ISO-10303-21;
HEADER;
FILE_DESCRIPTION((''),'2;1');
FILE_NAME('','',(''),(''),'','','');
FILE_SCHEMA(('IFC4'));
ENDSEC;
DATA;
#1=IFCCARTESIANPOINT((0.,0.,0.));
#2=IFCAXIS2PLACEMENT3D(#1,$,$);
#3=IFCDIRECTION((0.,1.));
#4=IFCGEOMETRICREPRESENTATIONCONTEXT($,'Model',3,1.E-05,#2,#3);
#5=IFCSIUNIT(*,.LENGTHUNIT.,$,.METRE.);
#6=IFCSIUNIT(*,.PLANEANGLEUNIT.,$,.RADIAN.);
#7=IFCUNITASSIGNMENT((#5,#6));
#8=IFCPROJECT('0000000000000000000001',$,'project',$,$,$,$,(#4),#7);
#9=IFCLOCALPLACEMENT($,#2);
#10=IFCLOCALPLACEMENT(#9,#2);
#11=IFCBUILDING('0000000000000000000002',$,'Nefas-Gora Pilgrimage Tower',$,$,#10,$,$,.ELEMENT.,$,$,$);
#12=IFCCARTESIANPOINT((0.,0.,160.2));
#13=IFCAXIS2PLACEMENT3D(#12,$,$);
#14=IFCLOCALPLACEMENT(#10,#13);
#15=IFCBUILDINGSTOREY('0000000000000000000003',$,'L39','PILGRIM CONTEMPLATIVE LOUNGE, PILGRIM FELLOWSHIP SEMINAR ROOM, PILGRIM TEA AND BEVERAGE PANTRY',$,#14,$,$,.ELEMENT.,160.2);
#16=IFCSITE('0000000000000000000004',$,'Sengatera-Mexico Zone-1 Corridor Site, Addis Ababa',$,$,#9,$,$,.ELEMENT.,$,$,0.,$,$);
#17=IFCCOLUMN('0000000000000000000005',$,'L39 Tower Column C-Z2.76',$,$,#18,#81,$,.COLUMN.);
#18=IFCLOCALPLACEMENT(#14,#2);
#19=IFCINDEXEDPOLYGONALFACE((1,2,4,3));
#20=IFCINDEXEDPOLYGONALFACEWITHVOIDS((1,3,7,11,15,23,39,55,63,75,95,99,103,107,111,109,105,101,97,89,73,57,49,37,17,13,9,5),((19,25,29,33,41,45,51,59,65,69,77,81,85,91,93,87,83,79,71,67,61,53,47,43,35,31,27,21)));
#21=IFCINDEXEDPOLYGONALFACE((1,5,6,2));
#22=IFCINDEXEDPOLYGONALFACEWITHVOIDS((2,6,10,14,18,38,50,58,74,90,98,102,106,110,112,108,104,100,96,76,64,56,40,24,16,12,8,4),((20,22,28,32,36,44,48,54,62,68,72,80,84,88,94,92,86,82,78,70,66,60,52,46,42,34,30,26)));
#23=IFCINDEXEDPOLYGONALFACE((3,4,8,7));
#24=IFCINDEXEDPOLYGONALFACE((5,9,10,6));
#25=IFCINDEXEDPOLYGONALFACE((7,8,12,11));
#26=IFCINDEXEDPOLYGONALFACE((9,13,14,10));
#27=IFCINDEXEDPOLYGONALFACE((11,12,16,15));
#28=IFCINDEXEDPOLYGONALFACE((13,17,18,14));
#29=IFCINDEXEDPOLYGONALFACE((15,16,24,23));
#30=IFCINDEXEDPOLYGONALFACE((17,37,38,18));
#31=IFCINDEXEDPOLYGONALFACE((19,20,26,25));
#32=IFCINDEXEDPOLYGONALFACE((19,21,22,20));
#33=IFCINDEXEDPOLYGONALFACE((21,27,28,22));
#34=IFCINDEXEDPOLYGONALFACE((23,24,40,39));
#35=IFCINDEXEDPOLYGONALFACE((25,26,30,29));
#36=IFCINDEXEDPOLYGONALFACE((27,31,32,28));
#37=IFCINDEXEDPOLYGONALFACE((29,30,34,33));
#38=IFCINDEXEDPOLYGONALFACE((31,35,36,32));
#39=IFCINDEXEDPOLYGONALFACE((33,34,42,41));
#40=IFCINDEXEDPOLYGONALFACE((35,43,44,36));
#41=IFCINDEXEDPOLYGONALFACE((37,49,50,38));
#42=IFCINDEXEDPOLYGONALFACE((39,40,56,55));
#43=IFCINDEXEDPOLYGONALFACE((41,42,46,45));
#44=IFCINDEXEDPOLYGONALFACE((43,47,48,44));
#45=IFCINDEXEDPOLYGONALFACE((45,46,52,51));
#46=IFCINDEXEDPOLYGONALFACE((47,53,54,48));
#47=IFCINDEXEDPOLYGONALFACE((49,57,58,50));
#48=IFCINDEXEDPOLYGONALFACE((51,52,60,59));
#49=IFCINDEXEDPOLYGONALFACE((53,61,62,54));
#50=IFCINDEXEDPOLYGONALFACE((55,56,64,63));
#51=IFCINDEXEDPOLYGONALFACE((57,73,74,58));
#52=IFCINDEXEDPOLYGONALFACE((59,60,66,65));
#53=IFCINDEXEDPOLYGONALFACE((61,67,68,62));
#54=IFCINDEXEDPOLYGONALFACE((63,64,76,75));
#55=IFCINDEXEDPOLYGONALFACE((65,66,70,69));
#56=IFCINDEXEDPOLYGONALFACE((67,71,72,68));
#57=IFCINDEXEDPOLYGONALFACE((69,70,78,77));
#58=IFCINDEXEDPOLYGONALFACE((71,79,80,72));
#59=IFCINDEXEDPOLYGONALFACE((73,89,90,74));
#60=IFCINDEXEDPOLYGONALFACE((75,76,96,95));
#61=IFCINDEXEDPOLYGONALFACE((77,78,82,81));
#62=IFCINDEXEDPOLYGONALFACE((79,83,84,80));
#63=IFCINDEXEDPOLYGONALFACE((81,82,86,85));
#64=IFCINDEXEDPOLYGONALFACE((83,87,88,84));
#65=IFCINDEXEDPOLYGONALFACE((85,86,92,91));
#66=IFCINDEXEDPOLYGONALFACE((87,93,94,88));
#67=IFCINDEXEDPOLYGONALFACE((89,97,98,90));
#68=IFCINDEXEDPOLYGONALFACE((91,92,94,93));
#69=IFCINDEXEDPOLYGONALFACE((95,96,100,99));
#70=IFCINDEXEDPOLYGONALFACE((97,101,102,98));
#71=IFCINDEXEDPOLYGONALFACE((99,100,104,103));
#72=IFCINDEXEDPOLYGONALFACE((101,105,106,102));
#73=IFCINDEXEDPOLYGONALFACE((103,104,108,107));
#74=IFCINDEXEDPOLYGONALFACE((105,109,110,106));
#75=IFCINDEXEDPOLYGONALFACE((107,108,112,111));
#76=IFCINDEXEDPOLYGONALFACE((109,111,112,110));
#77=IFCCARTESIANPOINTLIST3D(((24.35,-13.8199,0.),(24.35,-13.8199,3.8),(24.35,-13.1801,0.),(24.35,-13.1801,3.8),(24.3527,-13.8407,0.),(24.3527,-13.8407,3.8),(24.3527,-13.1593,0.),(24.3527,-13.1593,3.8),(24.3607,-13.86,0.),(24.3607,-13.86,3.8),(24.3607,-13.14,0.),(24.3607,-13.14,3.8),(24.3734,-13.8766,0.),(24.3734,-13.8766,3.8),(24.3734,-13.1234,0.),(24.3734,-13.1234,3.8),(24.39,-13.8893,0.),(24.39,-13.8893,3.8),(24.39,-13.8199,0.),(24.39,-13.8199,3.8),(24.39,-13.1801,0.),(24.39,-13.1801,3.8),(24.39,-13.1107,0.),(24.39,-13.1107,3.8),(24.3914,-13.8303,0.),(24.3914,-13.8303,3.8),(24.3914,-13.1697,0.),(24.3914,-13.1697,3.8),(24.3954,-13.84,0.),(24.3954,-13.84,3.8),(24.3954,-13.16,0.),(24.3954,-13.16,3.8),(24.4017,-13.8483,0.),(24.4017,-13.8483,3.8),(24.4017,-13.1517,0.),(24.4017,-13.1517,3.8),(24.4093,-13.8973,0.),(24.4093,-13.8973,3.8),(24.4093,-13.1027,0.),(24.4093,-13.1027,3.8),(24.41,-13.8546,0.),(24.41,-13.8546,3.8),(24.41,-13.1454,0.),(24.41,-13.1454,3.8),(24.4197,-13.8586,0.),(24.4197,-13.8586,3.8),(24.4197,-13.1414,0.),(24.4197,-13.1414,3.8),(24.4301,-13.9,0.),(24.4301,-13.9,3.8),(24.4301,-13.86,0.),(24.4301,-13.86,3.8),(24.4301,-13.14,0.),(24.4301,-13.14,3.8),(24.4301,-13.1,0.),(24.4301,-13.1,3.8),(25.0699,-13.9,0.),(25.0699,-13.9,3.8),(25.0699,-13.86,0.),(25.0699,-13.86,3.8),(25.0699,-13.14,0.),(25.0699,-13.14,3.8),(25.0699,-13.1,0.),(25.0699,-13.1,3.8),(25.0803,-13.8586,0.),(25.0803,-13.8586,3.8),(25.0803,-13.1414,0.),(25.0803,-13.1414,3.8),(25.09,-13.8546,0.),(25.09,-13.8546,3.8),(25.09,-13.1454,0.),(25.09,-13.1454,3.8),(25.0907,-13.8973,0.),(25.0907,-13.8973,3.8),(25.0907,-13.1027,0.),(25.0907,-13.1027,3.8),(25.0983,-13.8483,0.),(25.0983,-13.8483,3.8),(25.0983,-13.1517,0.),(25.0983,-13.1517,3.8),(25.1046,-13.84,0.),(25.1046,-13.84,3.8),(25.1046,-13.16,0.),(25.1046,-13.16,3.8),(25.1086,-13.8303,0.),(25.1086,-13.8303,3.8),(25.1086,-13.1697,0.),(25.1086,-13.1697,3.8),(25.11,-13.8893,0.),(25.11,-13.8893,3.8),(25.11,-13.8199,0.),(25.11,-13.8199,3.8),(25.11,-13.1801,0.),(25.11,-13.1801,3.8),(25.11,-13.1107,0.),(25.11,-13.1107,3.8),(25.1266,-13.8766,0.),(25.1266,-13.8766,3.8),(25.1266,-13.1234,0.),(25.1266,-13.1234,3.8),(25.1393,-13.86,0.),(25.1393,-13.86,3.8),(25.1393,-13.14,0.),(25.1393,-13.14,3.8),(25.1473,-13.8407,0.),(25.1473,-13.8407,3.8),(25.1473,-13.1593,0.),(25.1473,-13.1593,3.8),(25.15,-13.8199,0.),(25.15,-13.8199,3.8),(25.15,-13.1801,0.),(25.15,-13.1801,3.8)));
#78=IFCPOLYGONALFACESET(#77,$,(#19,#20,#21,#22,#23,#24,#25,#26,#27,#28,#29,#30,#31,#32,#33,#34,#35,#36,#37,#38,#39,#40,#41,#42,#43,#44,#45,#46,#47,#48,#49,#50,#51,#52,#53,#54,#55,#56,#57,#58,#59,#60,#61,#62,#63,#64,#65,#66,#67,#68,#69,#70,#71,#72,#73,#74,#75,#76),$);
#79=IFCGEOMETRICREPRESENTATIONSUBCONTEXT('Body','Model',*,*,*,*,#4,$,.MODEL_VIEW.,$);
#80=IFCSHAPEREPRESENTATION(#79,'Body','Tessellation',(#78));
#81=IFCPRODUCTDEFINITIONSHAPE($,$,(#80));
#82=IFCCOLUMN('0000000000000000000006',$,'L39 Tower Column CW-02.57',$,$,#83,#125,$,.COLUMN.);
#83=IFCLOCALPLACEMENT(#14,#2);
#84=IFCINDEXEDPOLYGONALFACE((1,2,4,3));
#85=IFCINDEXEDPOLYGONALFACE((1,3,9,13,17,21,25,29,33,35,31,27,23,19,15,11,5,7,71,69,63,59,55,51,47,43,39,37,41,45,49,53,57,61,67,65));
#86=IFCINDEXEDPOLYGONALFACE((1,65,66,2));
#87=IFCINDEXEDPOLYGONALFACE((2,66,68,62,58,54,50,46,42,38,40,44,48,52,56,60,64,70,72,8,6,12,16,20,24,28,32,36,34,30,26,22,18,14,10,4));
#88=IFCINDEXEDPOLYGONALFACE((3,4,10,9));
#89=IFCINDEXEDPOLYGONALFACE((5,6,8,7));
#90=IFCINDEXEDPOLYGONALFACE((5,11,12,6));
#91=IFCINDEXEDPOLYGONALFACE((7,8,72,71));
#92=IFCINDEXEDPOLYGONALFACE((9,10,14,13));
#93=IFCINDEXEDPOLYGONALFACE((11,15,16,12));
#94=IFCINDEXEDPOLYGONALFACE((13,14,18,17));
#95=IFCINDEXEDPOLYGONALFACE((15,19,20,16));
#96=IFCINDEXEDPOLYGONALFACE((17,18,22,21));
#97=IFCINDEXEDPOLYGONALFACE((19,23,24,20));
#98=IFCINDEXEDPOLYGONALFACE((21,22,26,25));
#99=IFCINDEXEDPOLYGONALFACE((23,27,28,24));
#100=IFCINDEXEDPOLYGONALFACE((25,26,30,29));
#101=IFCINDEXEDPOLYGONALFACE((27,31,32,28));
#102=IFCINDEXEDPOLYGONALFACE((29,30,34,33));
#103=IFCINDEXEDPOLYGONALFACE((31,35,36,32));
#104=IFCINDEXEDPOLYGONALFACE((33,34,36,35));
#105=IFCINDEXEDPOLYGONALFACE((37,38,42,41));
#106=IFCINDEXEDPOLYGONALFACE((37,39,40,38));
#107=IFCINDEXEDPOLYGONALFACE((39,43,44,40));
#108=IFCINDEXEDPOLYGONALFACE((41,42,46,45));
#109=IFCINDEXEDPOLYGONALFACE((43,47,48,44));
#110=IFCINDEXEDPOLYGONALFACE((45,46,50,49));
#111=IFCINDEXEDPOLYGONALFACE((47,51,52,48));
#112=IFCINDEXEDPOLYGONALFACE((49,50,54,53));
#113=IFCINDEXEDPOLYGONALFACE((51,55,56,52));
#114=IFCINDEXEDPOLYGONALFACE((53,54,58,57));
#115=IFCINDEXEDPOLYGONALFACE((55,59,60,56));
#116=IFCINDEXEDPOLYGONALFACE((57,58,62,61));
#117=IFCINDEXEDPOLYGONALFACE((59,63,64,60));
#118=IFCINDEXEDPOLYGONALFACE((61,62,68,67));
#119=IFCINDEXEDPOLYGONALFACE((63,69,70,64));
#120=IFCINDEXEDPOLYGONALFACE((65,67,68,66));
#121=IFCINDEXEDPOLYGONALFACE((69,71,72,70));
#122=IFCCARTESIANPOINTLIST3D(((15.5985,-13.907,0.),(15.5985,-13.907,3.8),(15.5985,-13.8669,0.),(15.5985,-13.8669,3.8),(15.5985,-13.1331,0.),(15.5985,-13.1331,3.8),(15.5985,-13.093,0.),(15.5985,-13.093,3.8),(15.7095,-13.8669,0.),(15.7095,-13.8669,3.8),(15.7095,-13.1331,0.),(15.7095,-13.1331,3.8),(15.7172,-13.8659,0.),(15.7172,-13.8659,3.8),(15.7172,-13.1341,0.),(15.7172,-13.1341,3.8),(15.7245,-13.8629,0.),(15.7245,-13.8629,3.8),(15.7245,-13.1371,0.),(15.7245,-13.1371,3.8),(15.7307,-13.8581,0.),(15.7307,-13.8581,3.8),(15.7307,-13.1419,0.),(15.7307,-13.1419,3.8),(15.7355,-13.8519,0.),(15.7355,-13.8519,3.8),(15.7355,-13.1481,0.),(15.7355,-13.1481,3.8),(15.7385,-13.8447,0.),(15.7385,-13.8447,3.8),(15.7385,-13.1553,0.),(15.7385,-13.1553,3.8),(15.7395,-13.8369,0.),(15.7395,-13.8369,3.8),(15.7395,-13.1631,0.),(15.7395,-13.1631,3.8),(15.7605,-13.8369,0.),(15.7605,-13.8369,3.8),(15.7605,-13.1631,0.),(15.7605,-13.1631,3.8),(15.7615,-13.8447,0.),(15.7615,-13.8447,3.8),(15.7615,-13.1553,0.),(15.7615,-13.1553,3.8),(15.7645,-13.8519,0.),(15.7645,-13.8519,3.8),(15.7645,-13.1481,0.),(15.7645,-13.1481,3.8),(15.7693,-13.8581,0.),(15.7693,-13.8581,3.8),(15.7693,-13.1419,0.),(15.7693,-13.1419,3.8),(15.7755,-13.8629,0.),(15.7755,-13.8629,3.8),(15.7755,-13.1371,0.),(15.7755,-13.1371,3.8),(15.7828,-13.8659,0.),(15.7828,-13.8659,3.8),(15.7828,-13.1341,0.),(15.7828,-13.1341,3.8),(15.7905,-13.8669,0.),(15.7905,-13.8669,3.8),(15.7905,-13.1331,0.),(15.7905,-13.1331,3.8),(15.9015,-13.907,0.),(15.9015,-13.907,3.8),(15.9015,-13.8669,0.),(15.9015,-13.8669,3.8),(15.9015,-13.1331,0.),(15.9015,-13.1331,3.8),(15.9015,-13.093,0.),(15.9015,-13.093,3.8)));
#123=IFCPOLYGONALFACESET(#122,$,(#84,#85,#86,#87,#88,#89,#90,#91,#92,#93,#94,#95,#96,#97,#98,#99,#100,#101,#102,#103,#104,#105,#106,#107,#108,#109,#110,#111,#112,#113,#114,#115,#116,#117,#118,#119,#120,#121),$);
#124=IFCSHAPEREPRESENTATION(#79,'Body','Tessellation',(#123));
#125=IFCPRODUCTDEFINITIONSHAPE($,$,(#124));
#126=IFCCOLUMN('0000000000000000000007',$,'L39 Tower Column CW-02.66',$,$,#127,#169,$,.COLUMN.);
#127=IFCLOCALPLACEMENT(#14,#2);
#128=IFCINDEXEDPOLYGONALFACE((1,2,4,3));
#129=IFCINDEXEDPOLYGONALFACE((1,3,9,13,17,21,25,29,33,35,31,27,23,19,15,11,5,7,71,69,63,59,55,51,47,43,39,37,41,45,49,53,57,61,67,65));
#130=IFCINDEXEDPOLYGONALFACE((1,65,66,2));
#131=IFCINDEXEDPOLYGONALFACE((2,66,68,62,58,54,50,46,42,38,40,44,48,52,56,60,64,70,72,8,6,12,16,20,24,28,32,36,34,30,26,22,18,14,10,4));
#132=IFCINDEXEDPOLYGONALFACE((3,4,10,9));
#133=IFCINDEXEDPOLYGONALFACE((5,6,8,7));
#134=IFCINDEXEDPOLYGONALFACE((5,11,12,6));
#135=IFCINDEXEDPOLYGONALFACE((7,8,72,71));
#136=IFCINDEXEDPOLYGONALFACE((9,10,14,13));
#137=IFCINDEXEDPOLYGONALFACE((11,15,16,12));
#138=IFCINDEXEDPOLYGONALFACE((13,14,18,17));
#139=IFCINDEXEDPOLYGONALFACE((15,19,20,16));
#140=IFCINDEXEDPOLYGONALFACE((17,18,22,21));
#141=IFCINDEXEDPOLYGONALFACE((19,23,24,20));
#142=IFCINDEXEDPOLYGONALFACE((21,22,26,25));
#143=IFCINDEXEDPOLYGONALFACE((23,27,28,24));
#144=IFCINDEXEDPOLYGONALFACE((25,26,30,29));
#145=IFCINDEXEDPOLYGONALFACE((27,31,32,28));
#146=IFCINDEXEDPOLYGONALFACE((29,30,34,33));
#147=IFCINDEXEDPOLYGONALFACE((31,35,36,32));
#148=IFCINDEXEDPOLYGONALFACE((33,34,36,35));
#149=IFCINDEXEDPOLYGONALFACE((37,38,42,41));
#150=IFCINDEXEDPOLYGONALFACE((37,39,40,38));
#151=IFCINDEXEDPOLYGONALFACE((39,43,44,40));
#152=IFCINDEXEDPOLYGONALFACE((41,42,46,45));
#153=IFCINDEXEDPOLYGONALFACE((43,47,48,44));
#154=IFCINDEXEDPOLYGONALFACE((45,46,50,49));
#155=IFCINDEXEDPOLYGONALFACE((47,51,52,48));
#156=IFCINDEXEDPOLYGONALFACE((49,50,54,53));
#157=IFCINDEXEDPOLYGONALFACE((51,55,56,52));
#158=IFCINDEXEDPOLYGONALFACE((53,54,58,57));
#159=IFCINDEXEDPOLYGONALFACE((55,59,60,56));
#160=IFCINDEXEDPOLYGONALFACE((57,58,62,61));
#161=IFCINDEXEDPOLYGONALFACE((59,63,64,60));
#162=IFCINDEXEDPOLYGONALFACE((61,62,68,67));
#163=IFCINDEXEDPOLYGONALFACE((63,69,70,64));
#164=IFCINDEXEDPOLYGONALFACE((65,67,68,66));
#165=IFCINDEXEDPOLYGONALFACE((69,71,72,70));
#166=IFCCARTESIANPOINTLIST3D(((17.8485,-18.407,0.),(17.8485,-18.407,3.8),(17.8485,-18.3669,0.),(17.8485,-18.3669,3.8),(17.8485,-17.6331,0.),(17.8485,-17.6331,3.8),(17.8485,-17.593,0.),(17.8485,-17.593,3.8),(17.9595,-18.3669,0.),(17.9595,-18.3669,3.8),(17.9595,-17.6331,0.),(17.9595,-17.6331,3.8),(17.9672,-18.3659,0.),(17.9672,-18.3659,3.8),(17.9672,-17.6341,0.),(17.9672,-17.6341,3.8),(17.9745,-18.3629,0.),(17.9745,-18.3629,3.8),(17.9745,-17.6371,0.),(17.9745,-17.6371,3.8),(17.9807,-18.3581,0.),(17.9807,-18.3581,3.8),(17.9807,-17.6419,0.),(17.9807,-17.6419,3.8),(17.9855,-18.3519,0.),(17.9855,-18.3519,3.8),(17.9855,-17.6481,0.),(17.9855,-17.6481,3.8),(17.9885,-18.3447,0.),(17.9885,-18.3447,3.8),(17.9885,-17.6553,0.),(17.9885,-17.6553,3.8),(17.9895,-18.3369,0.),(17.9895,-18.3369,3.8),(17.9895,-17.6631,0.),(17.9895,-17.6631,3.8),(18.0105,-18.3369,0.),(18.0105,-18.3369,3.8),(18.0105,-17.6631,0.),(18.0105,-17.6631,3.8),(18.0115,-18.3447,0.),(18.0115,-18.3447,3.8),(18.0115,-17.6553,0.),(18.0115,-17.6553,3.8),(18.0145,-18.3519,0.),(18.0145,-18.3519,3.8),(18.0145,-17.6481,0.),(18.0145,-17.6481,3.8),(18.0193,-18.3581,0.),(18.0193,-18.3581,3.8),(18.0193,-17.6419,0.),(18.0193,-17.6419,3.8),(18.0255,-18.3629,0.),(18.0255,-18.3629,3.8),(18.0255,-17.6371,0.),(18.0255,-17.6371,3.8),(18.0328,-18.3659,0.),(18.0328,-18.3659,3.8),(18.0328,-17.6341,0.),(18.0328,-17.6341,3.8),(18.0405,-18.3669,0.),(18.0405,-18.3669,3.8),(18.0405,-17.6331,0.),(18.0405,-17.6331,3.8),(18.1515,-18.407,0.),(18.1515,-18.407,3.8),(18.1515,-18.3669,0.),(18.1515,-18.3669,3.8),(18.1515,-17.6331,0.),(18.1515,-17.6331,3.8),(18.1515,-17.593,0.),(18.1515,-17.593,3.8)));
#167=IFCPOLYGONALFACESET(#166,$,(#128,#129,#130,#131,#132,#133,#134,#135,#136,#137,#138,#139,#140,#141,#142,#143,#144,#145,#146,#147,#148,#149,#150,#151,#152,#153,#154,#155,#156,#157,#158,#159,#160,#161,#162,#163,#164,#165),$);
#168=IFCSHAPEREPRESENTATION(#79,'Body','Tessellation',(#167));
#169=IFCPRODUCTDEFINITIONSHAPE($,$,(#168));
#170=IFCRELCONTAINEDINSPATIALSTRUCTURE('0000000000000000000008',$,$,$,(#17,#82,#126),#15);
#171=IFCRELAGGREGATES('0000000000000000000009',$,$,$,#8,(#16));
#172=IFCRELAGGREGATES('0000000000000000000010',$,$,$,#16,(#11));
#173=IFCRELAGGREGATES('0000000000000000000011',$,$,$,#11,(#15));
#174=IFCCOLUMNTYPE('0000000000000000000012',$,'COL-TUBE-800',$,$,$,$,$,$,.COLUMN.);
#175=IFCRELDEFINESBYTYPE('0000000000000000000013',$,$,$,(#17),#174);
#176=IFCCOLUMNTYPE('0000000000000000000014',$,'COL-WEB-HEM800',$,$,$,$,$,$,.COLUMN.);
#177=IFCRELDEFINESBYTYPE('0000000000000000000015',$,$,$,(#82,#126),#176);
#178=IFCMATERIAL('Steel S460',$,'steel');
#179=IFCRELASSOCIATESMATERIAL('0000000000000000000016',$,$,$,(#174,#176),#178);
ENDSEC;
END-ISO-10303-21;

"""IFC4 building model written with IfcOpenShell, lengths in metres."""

from ifc_helpers import new_model, si_unit, direction, frame, origin, origin_2d, place, context, subcontext, project, spatial, hollow_rectangle, i_section, extrude, source, transform, mapped, material, material_profile, profile_set, type_object, element, save


model = new_model("IFC4")

# Units and contexts
model_context = context("Model", 3, precision=1e-05, world=origin(), true_north=direction((0.0, 1.0)))
body_context = subcontext(model_context, "Body", "Model", "MODEL_VIEW")
ifc_project = project(units=[si_unit("LENGTHUNIT", "METRE"), si_unit("PLANEANGLEUNIT", "RADIAN")], contexts=[model_context])

# Site, building, storey
site_placement = place(None, origin())
site = spatial("IfcSite", under=ifc_project, at=site_placement, Name="Sengatera-Mexico Zone-1 Corridor Site, Addis Ababa", CompositionType="ELEMENT", RefElevation=0.0)
building_placement = place(site_placement, origin())
building = spatial("IfcBuilding", under=site, at=building_placement, Name="Nefas-Gora Pilgrimage Tower", CompositionType="ELEMENT")
storey_placement = place(building_placement, frame((0.0, 0.0, 160.2)))
storey = spatial("IfcBuildingStorey", under=building, at=storey_placement, Name="L39", Description="PILGRIM CONTEMPLATIVE LOUNGE, PILGRIM FELLOWSHIP SEMINAR ROOM, PILGRIM TEA AND BEVERAGE PANTRY", CompositionType="ELEMENT", Elevation=160.2)

# Columns
ifc_material_1 = material(Name="Steel S460", Category="steel")
ifc_material_profile_1 = material_profile(ifc_material_1, hollow_rectangle(XDim=0.8, YDim=0.8, WallThickness=0.04, InnerFilletRadius=0.04, OuterFilletRadius=0.0801, at=origin_2d()), Name="BOX 800x800x40")
ifc_profile_set_1 = profile_set([ifc_material_profile_1], Name="Steel S460")
column_type_1 = type_object("IfcColumnType", Name="COL-TUBE-800", PredefinedType="COLUMN", material=ifc_profile_set_1)
shared_shape_1 = source(origin(), body_context, "Body", "SweptSolid", [
    extrude(hollow_rectangle(XDim=0.8, YDim=0.8, WallThickness=0.04, InnerFilletRadius=0.04, OuterFilletRadius=0.0801, at=origin_2d()), origin(), (0.0, 0.0, 1.0), 3.8),
])
for number, where, z_axis, x_axis, name in (
    (1, (24.75, -13.5, 0.0), (0.0, 0.0, 1.0), (1.0, 0.0, 0.0), "L39 Tower Column C-Z2.76"),
):
    element("IfcColumn", number, at=place(storey_placement, frame(where, z_axis=z_axis, x_axis=x_axis)), inside=storey, type_object=column_type_1, Name=name, PredefinedType="COLUMN", context=body_context, shape_type="MappedRepresentation", body=[
        mapped(shared_shape_1, transform((0.0, 0.0, 0.0), x_axis=(1.0, 0.0, 0.0), y_axis=(0.0, 1.0, 0.0), z_axis=(0.0, 0.0, 1.0), scale=1.0)),
    ])
ifc_material_profile_2 = material_profile(ifc_material_1, i_section(OverallWidth=0.303, OverallDepth=0.814, WebThickness=0.021, FlangeThickness=0.04, FilletRadius=0.03, at=origin_2d()), Name="HEM 800")
ifc_profile_set_2 = profile_set([ifc_material_profile_2], Name="Steel S460")
column_type_2 = type_object("IfcColumnType", Name="COL-WEB-HEM800", PredefinedType="COLUMN", material=ifc_profile_set_2)
shared_shape_2 = source(origin(), body_context, "Body", "SweptSolid", [
    extrude(i_section(OverallWidth=0.303, OverallDepth=0.814, WebThickness=0.021, FlangeThickness=0.04, FilletRadius=0.03, at=origin_2d()), origin(), (0.0, 0.0, 1.0), 3.8),
])
for number, where, z_axis, x_axis, name in (
    (2, (15.75, -13.5, 0.0), (0.0, 0.0, 1.0), (1.0, 0.0, 0.0), "L39 Tower Column CW-02.57"),
    (3, (18.0, -18.0, 0.0), (0.0, 0.0, 1.0), (1.0, 0.0, 0.0), "L39 Tower Column CW-02.66"),
):
    element("IfcColumn", number, at=place(storey_placement, frame(where, z_axis=z_axis, x_axis=x_axis)), inside=storey, type_object=column_type_2, Name=name, PredefinedType="COLUMN", context=body_context, shape_type="MappedRepresentation", body=[
        mapped(shared_shape_2, transform((0.0, 0.0, 0.0), x_axis=(1.0, 0.0, 0.0), y_axis=(0.0, 1.0, 0.0), z_axis=(0.0, 0.0, 1.0), scale=1.0)),
    ])

save(model, "model.ifc")
